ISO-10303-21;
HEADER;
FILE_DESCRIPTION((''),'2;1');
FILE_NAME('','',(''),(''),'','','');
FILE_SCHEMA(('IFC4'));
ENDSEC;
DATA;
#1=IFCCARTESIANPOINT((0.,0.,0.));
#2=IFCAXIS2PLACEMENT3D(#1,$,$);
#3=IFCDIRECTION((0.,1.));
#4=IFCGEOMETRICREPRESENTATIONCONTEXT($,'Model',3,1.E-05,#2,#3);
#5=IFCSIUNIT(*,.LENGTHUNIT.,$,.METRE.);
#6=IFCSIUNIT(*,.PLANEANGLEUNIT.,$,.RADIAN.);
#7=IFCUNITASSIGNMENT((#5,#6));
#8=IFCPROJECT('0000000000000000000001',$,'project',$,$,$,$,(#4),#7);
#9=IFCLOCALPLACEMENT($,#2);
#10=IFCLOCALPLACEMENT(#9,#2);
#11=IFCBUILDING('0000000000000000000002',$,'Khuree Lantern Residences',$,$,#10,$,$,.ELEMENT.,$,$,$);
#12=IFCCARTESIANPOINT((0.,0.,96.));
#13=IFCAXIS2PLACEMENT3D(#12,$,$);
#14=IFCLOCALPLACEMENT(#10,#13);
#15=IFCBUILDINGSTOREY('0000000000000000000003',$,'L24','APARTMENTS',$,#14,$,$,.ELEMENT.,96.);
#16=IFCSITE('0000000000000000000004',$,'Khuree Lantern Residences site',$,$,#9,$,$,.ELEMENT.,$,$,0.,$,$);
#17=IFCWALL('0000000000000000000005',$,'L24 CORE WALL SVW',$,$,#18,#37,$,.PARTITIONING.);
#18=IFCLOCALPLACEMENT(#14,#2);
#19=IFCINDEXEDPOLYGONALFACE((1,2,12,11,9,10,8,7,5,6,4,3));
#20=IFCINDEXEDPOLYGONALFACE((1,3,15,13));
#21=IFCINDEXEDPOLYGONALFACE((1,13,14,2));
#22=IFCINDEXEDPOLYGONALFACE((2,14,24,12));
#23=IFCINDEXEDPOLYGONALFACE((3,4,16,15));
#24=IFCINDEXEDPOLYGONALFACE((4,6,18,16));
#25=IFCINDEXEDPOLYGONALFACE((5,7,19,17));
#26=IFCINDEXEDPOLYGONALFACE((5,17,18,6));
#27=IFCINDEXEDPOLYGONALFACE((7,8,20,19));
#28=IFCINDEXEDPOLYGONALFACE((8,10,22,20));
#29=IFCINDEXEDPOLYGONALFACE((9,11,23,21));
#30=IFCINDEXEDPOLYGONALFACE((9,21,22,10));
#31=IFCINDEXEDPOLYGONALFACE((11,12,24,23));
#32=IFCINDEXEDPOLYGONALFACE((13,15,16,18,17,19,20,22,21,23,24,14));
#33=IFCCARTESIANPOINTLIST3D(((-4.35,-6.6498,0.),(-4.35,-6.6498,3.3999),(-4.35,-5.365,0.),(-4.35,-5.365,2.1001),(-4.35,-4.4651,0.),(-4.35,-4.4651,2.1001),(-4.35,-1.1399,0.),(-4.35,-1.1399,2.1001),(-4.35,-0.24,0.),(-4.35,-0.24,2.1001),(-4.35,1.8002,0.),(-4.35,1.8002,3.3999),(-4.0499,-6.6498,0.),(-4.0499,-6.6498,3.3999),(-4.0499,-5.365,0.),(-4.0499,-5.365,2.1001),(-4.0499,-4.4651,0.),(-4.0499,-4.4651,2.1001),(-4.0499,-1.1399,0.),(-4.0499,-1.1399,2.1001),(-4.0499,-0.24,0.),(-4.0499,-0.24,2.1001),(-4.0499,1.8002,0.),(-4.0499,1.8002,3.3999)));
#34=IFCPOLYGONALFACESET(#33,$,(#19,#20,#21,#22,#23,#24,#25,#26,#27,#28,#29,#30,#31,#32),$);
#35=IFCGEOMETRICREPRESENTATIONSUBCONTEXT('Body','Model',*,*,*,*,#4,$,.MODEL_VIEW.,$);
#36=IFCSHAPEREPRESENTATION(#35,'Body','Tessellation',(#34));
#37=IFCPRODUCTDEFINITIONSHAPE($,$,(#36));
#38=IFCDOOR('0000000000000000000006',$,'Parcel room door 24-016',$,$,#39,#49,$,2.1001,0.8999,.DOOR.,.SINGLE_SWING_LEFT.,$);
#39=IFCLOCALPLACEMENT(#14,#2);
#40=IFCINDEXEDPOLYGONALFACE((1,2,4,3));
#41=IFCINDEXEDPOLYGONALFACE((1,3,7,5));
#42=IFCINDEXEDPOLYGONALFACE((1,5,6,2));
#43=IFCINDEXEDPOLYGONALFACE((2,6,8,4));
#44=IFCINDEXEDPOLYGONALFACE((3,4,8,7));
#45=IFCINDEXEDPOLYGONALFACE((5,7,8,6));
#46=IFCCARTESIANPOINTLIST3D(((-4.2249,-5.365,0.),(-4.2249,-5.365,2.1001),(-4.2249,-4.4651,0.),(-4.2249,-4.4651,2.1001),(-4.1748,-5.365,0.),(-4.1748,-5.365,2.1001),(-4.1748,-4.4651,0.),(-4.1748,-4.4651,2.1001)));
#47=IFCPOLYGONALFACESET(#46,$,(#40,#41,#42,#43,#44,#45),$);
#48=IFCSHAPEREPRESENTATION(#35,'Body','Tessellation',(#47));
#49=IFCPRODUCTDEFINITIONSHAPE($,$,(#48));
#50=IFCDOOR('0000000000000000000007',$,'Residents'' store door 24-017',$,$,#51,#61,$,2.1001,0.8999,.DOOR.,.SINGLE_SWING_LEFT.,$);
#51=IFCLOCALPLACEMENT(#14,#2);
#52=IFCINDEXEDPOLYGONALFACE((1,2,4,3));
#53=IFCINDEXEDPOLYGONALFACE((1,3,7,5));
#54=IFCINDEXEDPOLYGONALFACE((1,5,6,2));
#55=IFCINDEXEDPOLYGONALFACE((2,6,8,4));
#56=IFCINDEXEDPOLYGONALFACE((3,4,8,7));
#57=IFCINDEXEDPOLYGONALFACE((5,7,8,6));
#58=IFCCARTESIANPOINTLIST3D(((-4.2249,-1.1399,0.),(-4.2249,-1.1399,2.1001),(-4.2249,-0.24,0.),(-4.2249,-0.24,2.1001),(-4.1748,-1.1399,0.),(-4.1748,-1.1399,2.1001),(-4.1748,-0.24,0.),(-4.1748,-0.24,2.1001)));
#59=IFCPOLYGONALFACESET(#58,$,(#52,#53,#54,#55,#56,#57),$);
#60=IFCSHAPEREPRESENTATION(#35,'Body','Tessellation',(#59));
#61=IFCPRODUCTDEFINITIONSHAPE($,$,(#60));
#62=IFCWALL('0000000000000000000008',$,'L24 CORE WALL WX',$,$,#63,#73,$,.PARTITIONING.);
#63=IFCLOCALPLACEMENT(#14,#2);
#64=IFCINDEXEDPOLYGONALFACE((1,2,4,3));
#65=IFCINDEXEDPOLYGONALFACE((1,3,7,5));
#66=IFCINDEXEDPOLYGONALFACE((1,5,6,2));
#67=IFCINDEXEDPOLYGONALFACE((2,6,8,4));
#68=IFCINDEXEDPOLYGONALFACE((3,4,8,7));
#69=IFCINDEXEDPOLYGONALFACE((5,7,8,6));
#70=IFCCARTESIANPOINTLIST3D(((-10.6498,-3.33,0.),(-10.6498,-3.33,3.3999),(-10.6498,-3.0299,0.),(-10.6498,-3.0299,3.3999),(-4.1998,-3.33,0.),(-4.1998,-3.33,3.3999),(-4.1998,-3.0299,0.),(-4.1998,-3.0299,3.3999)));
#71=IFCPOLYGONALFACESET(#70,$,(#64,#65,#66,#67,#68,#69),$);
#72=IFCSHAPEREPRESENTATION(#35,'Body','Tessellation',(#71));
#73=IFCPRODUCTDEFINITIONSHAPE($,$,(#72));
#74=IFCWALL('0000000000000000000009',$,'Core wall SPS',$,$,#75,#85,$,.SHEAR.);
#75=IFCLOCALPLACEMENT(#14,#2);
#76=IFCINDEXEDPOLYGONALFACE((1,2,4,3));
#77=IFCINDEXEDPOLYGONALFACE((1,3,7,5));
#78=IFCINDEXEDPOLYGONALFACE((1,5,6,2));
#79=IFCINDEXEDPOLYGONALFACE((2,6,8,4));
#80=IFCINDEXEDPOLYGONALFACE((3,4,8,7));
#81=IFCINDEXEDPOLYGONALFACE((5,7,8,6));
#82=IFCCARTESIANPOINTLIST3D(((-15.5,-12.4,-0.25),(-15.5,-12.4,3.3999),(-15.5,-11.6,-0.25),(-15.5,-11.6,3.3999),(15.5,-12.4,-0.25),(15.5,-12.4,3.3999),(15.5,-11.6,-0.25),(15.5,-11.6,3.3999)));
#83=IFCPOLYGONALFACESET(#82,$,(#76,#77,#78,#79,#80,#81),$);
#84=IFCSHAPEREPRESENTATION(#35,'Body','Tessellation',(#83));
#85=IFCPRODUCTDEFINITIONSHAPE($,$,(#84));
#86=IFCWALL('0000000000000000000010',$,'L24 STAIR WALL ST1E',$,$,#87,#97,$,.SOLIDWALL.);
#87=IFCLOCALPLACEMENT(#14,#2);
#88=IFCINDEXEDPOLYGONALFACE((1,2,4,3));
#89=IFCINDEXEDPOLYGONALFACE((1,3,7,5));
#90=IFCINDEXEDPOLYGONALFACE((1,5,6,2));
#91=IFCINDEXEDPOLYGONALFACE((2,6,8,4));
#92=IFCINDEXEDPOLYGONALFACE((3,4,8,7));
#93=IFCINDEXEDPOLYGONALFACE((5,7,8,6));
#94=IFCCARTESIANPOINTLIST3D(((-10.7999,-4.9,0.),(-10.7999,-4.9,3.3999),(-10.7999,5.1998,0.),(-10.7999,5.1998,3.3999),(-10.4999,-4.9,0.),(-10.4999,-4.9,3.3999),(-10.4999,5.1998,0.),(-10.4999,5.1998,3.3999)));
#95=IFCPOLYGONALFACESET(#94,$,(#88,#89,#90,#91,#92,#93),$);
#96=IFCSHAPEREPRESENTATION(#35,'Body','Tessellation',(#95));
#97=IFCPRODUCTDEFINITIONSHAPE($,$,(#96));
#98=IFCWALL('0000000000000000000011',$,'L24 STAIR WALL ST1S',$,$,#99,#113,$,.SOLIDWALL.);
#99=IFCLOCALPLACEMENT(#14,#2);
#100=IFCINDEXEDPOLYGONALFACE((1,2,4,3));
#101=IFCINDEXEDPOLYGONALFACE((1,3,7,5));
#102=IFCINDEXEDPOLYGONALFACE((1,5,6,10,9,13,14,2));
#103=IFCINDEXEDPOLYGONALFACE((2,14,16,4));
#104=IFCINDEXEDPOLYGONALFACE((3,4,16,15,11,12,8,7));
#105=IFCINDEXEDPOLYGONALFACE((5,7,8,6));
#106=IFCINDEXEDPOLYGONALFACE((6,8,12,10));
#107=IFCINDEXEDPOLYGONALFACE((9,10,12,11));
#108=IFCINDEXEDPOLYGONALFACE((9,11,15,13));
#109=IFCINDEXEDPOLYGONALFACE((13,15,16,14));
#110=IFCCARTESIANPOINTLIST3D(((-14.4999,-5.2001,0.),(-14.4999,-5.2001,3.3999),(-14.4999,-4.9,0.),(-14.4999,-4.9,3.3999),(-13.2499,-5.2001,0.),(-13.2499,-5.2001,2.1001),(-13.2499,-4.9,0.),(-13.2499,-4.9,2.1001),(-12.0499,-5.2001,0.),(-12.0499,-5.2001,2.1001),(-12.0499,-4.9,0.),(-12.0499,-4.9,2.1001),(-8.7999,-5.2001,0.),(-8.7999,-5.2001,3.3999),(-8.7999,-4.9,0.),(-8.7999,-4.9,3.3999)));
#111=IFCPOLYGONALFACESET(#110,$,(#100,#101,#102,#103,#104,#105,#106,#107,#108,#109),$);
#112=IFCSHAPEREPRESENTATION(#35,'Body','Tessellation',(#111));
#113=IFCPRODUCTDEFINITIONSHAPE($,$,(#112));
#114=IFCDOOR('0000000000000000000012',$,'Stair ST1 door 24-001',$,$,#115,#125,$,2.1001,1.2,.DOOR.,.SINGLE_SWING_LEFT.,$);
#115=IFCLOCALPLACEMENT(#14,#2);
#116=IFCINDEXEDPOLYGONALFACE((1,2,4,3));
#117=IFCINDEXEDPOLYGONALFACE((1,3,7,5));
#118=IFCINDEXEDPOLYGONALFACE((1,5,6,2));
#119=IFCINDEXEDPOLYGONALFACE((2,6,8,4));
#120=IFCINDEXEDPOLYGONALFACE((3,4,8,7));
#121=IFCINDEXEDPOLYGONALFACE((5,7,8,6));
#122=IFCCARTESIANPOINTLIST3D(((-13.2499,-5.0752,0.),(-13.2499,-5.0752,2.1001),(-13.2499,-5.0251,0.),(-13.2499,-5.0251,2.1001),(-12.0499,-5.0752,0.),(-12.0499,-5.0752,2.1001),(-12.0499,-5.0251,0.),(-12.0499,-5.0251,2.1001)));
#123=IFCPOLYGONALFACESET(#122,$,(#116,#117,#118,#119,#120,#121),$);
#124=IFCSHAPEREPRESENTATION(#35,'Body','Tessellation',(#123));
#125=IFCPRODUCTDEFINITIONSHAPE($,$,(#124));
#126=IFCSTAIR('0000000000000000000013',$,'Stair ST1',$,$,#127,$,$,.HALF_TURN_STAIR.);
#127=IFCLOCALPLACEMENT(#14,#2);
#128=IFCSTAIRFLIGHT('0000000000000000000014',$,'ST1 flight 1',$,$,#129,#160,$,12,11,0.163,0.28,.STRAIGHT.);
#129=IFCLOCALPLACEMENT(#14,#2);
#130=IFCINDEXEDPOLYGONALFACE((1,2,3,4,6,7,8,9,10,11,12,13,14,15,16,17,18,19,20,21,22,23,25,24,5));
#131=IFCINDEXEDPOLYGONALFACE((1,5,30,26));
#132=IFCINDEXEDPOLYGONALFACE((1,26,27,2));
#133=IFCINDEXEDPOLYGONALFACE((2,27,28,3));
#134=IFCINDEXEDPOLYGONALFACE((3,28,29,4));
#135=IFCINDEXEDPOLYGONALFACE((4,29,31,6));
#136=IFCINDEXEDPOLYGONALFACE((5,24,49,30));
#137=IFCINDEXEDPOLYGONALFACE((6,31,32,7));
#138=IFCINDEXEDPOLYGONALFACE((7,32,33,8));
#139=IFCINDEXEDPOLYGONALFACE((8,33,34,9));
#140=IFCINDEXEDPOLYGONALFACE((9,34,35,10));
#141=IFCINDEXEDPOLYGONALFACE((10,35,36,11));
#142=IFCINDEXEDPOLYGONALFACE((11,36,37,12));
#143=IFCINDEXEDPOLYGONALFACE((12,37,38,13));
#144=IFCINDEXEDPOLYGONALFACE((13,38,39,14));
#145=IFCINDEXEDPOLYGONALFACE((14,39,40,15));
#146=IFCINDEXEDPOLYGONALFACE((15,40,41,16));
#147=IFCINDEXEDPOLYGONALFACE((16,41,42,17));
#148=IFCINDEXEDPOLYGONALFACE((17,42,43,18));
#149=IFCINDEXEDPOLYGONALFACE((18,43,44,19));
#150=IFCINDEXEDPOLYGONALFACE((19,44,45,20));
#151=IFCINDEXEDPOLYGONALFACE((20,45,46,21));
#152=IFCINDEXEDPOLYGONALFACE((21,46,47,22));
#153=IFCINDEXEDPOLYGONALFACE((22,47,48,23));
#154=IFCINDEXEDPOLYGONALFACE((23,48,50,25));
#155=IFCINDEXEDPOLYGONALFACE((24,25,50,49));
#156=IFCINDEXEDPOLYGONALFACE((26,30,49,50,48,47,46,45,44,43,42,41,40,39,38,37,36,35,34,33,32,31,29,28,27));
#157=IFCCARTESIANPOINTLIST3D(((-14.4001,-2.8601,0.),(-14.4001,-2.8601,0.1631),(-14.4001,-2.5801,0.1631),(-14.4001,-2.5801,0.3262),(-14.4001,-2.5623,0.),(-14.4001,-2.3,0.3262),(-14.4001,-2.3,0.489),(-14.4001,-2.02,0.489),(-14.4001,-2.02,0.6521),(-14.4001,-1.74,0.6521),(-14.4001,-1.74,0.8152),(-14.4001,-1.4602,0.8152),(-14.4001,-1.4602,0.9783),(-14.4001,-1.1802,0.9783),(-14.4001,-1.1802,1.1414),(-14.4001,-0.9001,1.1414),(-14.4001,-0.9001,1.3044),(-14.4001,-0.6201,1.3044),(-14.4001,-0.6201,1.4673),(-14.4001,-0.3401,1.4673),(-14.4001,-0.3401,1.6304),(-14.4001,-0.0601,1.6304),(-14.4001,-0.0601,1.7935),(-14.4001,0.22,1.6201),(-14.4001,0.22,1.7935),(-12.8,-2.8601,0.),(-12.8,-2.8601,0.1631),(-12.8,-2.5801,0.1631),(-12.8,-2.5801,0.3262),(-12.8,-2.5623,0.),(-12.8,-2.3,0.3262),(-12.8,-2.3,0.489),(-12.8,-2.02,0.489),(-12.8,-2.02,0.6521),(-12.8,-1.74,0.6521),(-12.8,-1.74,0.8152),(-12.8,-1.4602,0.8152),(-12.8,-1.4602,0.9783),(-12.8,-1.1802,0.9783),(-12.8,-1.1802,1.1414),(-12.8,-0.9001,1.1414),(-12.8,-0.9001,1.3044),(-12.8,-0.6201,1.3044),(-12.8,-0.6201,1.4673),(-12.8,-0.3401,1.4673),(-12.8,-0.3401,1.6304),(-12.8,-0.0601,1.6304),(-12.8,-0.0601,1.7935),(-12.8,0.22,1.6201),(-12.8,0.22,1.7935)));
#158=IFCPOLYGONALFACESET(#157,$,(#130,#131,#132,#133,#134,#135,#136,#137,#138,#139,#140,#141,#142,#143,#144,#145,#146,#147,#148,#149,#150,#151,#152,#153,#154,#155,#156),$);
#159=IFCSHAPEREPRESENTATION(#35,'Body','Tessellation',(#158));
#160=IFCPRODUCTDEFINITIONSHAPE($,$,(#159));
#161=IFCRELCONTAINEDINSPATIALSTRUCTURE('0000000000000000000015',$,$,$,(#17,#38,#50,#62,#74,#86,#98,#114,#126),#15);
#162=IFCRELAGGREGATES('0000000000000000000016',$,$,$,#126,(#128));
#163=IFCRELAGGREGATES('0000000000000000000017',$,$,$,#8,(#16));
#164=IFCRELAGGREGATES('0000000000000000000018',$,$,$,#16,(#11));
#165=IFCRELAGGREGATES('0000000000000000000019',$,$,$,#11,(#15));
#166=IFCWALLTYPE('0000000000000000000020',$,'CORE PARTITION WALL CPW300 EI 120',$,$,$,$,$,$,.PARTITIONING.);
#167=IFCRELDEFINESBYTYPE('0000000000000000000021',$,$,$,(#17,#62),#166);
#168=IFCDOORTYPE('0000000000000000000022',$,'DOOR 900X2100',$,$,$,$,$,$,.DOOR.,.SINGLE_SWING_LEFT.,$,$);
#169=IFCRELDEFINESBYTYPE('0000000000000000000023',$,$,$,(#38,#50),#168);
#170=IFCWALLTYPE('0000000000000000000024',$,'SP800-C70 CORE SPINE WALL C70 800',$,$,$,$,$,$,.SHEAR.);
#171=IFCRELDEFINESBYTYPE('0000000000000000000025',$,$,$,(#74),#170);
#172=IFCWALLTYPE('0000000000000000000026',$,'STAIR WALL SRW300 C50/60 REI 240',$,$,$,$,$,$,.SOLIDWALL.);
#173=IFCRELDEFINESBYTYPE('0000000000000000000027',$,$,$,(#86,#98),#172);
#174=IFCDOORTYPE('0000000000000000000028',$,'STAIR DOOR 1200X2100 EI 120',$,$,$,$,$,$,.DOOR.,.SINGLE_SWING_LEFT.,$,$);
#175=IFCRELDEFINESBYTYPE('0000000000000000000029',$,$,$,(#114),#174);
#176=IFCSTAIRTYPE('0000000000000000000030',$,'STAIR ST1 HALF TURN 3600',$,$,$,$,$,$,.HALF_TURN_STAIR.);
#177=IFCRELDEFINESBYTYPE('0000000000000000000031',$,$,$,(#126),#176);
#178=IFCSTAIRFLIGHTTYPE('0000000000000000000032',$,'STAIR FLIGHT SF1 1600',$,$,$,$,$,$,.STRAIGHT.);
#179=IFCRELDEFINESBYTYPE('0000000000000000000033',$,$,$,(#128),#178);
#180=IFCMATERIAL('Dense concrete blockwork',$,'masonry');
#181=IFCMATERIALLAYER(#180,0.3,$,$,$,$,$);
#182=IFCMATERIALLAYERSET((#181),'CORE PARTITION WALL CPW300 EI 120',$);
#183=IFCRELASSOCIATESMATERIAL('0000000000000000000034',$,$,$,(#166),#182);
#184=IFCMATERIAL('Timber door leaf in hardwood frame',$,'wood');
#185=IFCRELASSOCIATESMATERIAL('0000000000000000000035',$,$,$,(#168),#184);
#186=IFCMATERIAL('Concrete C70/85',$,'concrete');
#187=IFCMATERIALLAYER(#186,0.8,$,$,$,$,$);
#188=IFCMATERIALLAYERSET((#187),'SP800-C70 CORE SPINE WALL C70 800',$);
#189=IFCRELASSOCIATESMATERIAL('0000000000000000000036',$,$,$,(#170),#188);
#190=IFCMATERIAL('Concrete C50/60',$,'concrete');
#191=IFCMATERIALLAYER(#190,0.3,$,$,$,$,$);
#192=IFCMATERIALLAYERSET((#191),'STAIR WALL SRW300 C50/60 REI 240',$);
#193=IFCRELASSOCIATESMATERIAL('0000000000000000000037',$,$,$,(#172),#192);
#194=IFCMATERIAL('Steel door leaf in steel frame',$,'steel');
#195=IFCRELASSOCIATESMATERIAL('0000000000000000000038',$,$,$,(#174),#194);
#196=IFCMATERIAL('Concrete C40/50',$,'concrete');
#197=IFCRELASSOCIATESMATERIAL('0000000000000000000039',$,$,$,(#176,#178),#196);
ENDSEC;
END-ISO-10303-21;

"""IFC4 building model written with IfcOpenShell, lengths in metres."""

from ifc_helpers import new_model, si_unit, direction, frame, frame_2d, origin, place, context, subcontext, project, spatial, polyline, rectangle, outline, extrude, material, layer, layer_set, type_object, element, fill, aggregate, save


model = new_model("IFC4")

# Units and contexts
model_context = context("Model", 3, precision=1e-05, world=origin(), true_north=direction((0.0, 1.0)))
body_context = subcontext(model_context, "Body", "Model", "MODEL_VIEW")
ifc_project = project(units=[si_unit("LENGTHUNIT", "METRE"), si_unit("PLANEANGLEUNIT", "RADIAN")], contexts=[model_context])

# Site, building, storey
site_placement = place(None, origin())
site = spatial("IfcSite", under=ifc_project, at=site_placement, Name="Khuree Lantern Residences site", CompositionType="ELEMENT", RefElevation=0.0)
building_placement = place(site_placement, origin())
building = spatial("IfcBuilding", under=site, at=building_placement, Name="Khuree Lantern Residences", CompositionType="ELEMENT")
storey_placement = place(building_placement, frame((0.0, 0.0, 96.0)))
storey = spatial("IfcBuildingStorey", under=building, at=storey_placement, Name="L24", Description="APARTMENTS", CompositionType="ELEMENT", Elevation=96.0)

# Shared definitions
ifc_material_1 = material(Name="Dense concrete blockwork", Category="masonry")
ifc_layer_1 = layer(ifc_material_1, 0.3)
ifc_layer_set_1 = layer_set([ifc_layer_1], Name="CORE PARTITION WALL CPW300 EI 120")
wall_type_1 = type_object("IfcWallType", Name="CORE PARTITION WALL CPW300 EI 120", PredefinedType="PARTITIONING", material=ifc_layer_set_1)

# Shared definitions
ifc_material_2 = material(Name="Steel door leaf in steel frame", Category="steel")

# Wall, openings, doors
wall_1_placement = place(storey_placement, frame((-4.2, -6.6499, 0.0), z_axis=(0.0, 0.0, 1.0), x_axis=(0.0, 1.0, 0.0)))
wall_1 = element("IfcWall", 1, at=wall_1_placement, inside=storey, type_object=wall_type_1, Name="L24 CORE WALL SVW", PredefinedType="PARTITIONING", context=body_context, shape_type="SweptSolid", body=[
    extrude(rectangle(XDim=8.45, YDim=0.3, at=frame_2d((4.2251, 0.0))), origin(), (0.0, 0.0, 1.0), 3.3999),
])
opening_1_placement = place(wall_1_placement, frame((1.2849, 0.0, 0.0)))
opening_1 = element("IfcOpeningElement", 2, at=opening_1_placement, cuts=wall_1, PredefinedType="OPENING", context=body_context, shape_type="SweptSolid", body=[
    extrude(rectangle(XDim=0.8999, YDim=2.1001, at=frame_2d((0.45, 1.05))), frame((0.0, 0.1602, 0.0), z_axis=(0.0, -1.0, 0.0), x_axis=(1.0, 0.0, 0.0)), (0.0, 0.0, 1.0), 0.3201),
])
opening_2_placement = place(wall_1_placement, frame((5.51, 0.0, 0.0)))
opening_2 = element("IfcOpeningElement", 3, at=opening_2_placement, cuts=wall_1, PredefinedType="OPENING", context=body_context, shape_type="SweptSolid", body=[
    extrude(rectangle(XDim=0.8999, YDim=2.1001, at=frame_2d((0.45, 1.05))), frame((0.0, 0.1602, 0.0), z_axis=(0.0, -1.0, 0.0), x_axis=(1.0, 0.0, 0.0)), (0.0, 0.0, 1.0), 0.3201),
])
ifc_material_3 = material(Name="Timber door leaf in hardwood frame", Category="wood")
door_type_1 = type_object("IfcDoorType", Name="DOOR 900X2100", OperationType="SINGLE_SWING_LEFT", PredefinedType="DOOR", material=ifc_material_3)
door_1_placement = place(opening_1_placement, origin())
door_1 = element("IfcDoor", 4, at=door_1_placement, inside=storey, type_object=door_type_1, Name="Parcel room door 24-016", OperationType="SINGLE_SWING_LEFT", OverallHeight=2.1001, OverallWidth=0.8999, PredefinedType="DOOR", context=body_context, shape_type="SweptSolid", body=[
    extrude(rectangle(XDim=0.8999, YDim=2.1001, at=frame_2d((0.45, 1.05))), frame((0.0, 0.0249, 0.0), z_axis=(0.0, -1.0, 0.0), x_axis=(1.0, 0.0, 0.0)), (0.0, 0.0, 1.0), 0.05),
])
fill(opening_1, door_1)
door_2_placement = place(opening_2_placement, origin())
door_2 = element("IfcDoor", 5, at=door_2_placement, inside=storey, type_object=door_type_1, Name="Residents' store door 24-017", OperationType="SINGLE_SWING_LEFT", OverallHeight=2.1001, OverallWidth=0.8999, PredefinedType="DOOR", context=body_context, shape_type="SweptSolid", body=[
    extrude(rectangle(XDim=0.8999, YDim=2.1001, at=frame_2d((0.45, 1.05))), frame((0.0, 0.0249, 0.0), z_axis=(0.0, -1.0, 0.0), x_axis=(1.0, 0.0, 0.0)), (0.0, 0.0, 1.0), 0.05),
])
fill(opening_2, door_2)

# Walls
wall_2_placement = place(storey_placement, frame((-10.6499, -3.1799, 0.0), z_axis=(0.0, 0.0, 1.0), x_axis=(1.0, 0.0, 0.0)))
element("IfcWall", 6, at=wall_2_placement, inside=storey, type_object=wall_type_1, Name="L24 CORE WALL WX", PredefinedType="PARTITIONING", context=body_context, shape_type="SweptSolid", body=[
    extrude(rectangle(XDim=6.45, YDim=0.3, at=frame_2d((3.2251, 0.0))), origin(), (0.0, 0.0, 1.0), 3.3999),
])
ifc_material_4 = material(Name="Concrete C70/85", Category="concrete")
ifc_layer_2 = layer(ifc_material_4, 0.8)
ifc_layer_set_2 = layer_set([ifc_layer_2], Name="SP800-C70 CORE SPINE WALL C70 800")
wall_type_2 = type_object("IfcWallType", Name="SP800-C70 CORE SPINE WALL C70 800", PredefinedType="SHEAR", material=ifc_layer_set_2)
wall_3_placement = place(storey_placement, frame((-15.5, -12.0, -0.25), z_axis=(0.0, 0.0, 1.0), x_axis=(1.0, 0.0, 0.0)))
element("IfcWall", 7, at=wall_3_placement, inside=storey, type_object=wall_type_2, Name="Core wall SPS", PredefinedType="SHEAR", context=body_context, shape_type="SweptSolid", body=[
    extrude(rectangle(XDim=31.0, YDim=0.8, at=frame_2d((15.5, 0.0))), origin(), (0.0, 0.0, 1.0), 3.6499),
])
ifc_material_5 = material(Name="Concrete C50/60", Category="concrete")
ifc_layer_3 = layer(ifc_material_5, 0.3)
ifc_layer_set_3 = layer_set([ifc_layer_3], Name="STAIR WALL SRW300 C50/60 REI 240")
wall_type_3 = type_object("IfcWallType", Name="STAIR WALL SRW300 C50/60 REI 240", PredefinedType="SOLIDWALL", material=ifc_layer_set_3)
wall_4_placement = place(storey_placement, frame((-10.6499, -4.8999, 0.0), z_axis=(0.0, 0.0, 1.0), x_axis=(0.0, 1.0, 0.0)))
element("IfcWall", 8, at=wall_4_placement, inside=storey, type_object=wall_type_3, Name="L24 STAIR WALL ST1E", PredefinedType="SOLIDWALL", context=body_context, shape_type="SweptSolid", body=[
    extrude(rectangle(XDim=10.0999, YDim=0.3, at=frame_2d((5.0498, 0.0))), origin(), (0.0, 0.0, 1.0), 3.3999),
])

# Wall, opening, door
wall_5_placement = place(storey_placement, frame((-14.5, -5.05, 0.0), z_axis=(0.0, 0.0, 1.0), x_axis=(1.0, 0.0, 0.0)))
wall_5 = element("IfcWall", 9, at=wall_5_placement, inside=storey, type_object=wall_type_3, Name="L24 STAIR WALL ST1S", PredefinedType="SOLIDWALL", context=body_context, shape_type="SweptSolid", body=[
    extrude(rectangle(XDim=5.7, YDim=0.3, at=frame_2d((2.8501, 0.0))), origin(), (0.0, 0.0, 1.0), 3.3999),
])
opening_3_placement = place(wall_5_placement, frame((1.25, 0.0, 0.0)))
opening_3 = element("IfcOpeningElement", 10, at=opening_3_placement, cuts=wall_5, PredefinedType="OPENING", context=body_context, shape_type="SweptSolid", body=[
    extrude(rectangle(XDim=1.2, YDim=2.1001, at=frame_2d((0.6001, 1.05))), frame((0.0, 0.1602, 0.0), z_axis=(0.0, -1.0, 0.0), x_axis=(1.0, 0.0, 0.0)), (0.0, 0.0, 1.0), 0.3201),
])
door_type_2 = type_object("IfcDoorType", Name="STAIR DOOR 1200X2100 EI 120", OperationType="SINGLE_SWING_LEFT", PredefinedType="DOOR", material=ifc_material_2)
door_3_placement = place(opening_3_placement, origin())
door_3 = element("IfcDoor", 11, at=door_3_placement, inside=storey, type_object=door_type_2, Name="Stair ST1 door 24-001", OperationType="SINGLE_SWING_LEFT", OverallHeight=2.1001, OverallWidth=1.2, PredefinedType="DOOR", context=body_context, shape_type="SweptSolid", body=[
    extrude(rectangle(XDim=1.2, YDim=2.1001, at=frame_2d((0.6001, 1.05))), frame((0.0, 0.0249, 0.0), z_axis=(0.0, -1.0, 0.0), x_axis=(1.0, 0.0, 0.0)), (0.0, 0.0, 1.0), 0.05),
])
fill(opening_3, door_3)

# Stair, stair flight
ifc_material_6 = material(Name="Concrete C40/50", Category="concrete")
stair_type = type_object("IfcStairType", Name="STAIR ST1 HALF TURN 3600", PredefinedType="HALF_TURN_STAIR", material=ifc_material_6)
stair_placement = place(storey_placement, origin())
stair = element("IfcStair", 12, at=stair_placement, inside=storey, type_object=stair_type, Name="Stair ST1", PredefinedType="HALF_TURN_STAIR")
stair_flight_type = type_object("IfcStairFlightType", Name="STAIR FLIGHT SF1 1600", PredefinedType="STRAIGHT", material=ifc_material_6)
stair_flight_1_placement = place(storey_placement, frame((-13.6001, -2.8601, 0.0), z_axis=(0.0, 0.0, 1.0), x_axis=(0.0, 1.0, 0.0)))
stair_flight_1 = element("IfcStairFlight", 13, at=stair_flight_1_placement, type_object=stair_flight_type, Name="ST1 flight 1", NumberOfRisers=12, NumberOfTreads=11, PredefinedType="STRAIGHT", RiserHeight=0.163, TreadLength=0.28, context=body_context, shape_type="SweptSolid", body=[
    extrude(outline(polyline([(0.0, 0.0), (0.0, 0.1631), (0.28, 0.1631), (0.28, 0.3262), (0.5601, 0.3262), (0.5601, 0.489), (0.8401, 0.489), (0.8401, 0.6521), (1.1201, 0.6521), (1.1201, 0.8152), (1.3999, 0.8152), (1.3999, 0.9783), (1.6799, 0.9783), (1.6799, 1.1414), (1.96, 1.1414), (1.96, 1.3044), (2.24, 1.3044), (2.24, 1.4673), (2.52, 1.4673), (2.52, 1.6304), (2.8, 1.6304), (2.8, 1.7935), (3.0801, 1.7935), (3.0801, 1.9565), (3.0801, 1.6201), (0.2979, 0.0), (0.0, 0.0)])), frame((0.0, 0.8, 0.0), z_axis=(0.0, -1.0, 0.0), x_axis=(1.0, 0.0, 0.0)), (0.0, 0.0, 1.0), 1.6001),
])
aggregate(stair, [stair_flight_1])

save(model, "model.ifc")
